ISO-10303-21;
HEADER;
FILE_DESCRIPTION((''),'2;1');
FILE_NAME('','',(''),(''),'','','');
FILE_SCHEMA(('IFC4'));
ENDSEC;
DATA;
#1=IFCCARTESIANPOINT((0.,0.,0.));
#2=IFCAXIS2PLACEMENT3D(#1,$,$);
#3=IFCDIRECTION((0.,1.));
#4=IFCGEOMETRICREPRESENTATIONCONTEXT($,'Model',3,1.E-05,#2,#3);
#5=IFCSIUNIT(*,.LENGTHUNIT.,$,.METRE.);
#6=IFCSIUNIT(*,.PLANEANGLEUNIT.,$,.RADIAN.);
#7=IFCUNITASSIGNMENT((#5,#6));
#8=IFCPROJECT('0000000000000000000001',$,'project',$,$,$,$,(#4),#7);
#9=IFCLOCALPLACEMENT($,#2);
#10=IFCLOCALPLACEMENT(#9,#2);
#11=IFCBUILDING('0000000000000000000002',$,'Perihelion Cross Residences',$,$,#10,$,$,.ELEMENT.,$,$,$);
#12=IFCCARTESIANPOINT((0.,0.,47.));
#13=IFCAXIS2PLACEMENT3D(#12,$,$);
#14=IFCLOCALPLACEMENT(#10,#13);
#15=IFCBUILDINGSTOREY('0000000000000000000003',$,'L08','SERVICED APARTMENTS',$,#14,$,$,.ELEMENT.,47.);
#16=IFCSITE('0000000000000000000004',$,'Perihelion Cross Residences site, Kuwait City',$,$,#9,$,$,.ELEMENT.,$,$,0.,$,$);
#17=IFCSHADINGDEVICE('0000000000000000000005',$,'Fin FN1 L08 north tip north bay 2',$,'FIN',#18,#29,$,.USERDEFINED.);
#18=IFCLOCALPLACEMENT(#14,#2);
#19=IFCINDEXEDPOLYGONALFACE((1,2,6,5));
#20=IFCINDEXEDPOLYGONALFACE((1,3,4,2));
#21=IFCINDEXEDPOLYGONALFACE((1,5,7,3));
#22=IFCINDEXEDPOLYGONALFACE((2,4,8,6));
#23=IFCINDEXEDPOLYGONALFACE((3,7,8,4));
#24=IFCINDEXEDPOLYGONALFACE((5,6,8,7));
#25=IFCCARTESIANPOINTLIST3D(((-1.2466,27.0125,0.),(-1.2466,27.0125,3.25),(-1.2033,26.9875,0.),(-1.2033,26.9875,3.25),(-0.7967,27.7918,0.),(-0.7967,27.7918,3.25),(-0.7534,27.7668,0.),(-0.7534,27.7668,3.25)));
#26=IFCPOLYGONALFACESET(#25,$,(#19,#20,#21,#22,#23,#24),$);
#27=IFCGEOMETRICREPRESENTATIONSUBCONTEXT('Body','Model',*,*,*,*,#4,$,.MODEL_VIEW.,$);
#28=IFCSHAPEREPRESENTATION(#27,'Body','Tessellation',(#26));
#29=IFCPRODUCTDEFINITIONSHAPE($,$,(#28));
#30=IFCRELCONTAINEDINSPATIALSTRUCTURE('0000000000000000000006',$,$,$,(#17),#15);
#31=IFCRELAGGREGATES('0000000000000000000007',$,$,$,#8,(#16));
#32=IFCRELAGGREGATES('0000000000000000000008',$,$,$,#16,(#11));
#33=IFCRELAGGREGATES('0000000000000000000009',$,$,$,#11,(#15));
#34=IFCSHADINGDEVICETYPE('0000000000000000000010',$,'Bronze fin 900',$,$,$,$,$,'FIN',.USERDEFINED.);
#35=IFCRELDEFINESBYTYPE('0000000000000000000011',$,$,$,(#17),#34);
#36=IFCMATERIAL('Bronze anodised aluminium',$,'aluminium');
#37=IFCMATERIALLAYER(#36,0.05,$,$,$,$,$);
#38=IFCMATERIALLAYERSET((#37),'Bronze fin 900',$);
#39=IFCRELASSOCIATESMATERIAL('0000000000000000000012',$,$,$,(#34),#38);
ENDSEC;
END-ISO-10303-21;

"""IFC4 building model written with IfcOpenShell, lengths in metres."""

from ifc_helpers import new_model, si_unit, direction, frame, origin, origin_2d, place, context, subcontext, project, spatial, rectangle, extrude, material, layer, layer_set, type_object, element, save


model = new_model("IFC4")

# Units and contexts
model_context = context("Model", 3, precision=1e-05, world=origin(), true_north=direction((0.0, 1.0)))
body_context = subcontext(model_context, "Body", "Model", "MODEL_VIEW")
ifc_project = project(units=[si_unit("LENGTHUNIT", "METRE"), si_unit("PLANEANGLEUNIT", "RADIAN")], contexts=[model_context])

# Site, building, storey
site_placement = place(None, origin())
site = spatial("IfcSite", under=ifc_project, at=site_placement, Name="Perihelion Cross Residences site, Kuwait City", CompositionType="ELEMENT", RefElevation=0.0)
building_placement = place(site_placement, origin())
building = spatial("IfcBuilding", under=site, at=building_placement, Name="Perihelion Cross Residences", CompositionType="ELEMENT")
storey_placement = place(building_placement, frame((0.0, 0.0, 47.0)))
storey = spatial("IfcBuildingStorey", under=building, at=storey_placement, Name="L08", Description="SERVICED APARTMENTS", CompositionType="ELEMENT", Elevation=47.0)

# Shading device
ifc_material_1 = material(Name="Bronze anodised aluminium", Category="aluminium")
ifc_layer_1 = layer(ifc_material_1, 0.05)
ifc_layer_set_1 = layer_set([ifc_layer_1], Name="Bronze fin 900")
shading_device_type = type_object("IfcShadingDeviceType", Name="Bronze fin 900", ElementType="FIN", PredefinedType="USERDEFINED", material=ifc_layer_set_1)
shading_device_placement = place(storey_placement, frame((-1.0, 27.3896, 0.0), z_axis=(0.0, 0.0, 1.0), x_axis=(0.5, 0.866025, 0.0)))
element("IfcShadingDevice", 1, at=shading_device_placement, inside=storey, type_object=shading_device_type, Name="Fin FN1 L08 north tip north bay 2", ObjectType="FIN", PredefinedType="USERDEFINED", context=body_context, shape_type="SweptSolid", body=[
    extrude(rectangle(XDim=0.8999, YDim=0.05, at=origin_2d()), origin(), (0.0, 0.0, 1.0), 3.25),
])

save(model, "model.ifc")
